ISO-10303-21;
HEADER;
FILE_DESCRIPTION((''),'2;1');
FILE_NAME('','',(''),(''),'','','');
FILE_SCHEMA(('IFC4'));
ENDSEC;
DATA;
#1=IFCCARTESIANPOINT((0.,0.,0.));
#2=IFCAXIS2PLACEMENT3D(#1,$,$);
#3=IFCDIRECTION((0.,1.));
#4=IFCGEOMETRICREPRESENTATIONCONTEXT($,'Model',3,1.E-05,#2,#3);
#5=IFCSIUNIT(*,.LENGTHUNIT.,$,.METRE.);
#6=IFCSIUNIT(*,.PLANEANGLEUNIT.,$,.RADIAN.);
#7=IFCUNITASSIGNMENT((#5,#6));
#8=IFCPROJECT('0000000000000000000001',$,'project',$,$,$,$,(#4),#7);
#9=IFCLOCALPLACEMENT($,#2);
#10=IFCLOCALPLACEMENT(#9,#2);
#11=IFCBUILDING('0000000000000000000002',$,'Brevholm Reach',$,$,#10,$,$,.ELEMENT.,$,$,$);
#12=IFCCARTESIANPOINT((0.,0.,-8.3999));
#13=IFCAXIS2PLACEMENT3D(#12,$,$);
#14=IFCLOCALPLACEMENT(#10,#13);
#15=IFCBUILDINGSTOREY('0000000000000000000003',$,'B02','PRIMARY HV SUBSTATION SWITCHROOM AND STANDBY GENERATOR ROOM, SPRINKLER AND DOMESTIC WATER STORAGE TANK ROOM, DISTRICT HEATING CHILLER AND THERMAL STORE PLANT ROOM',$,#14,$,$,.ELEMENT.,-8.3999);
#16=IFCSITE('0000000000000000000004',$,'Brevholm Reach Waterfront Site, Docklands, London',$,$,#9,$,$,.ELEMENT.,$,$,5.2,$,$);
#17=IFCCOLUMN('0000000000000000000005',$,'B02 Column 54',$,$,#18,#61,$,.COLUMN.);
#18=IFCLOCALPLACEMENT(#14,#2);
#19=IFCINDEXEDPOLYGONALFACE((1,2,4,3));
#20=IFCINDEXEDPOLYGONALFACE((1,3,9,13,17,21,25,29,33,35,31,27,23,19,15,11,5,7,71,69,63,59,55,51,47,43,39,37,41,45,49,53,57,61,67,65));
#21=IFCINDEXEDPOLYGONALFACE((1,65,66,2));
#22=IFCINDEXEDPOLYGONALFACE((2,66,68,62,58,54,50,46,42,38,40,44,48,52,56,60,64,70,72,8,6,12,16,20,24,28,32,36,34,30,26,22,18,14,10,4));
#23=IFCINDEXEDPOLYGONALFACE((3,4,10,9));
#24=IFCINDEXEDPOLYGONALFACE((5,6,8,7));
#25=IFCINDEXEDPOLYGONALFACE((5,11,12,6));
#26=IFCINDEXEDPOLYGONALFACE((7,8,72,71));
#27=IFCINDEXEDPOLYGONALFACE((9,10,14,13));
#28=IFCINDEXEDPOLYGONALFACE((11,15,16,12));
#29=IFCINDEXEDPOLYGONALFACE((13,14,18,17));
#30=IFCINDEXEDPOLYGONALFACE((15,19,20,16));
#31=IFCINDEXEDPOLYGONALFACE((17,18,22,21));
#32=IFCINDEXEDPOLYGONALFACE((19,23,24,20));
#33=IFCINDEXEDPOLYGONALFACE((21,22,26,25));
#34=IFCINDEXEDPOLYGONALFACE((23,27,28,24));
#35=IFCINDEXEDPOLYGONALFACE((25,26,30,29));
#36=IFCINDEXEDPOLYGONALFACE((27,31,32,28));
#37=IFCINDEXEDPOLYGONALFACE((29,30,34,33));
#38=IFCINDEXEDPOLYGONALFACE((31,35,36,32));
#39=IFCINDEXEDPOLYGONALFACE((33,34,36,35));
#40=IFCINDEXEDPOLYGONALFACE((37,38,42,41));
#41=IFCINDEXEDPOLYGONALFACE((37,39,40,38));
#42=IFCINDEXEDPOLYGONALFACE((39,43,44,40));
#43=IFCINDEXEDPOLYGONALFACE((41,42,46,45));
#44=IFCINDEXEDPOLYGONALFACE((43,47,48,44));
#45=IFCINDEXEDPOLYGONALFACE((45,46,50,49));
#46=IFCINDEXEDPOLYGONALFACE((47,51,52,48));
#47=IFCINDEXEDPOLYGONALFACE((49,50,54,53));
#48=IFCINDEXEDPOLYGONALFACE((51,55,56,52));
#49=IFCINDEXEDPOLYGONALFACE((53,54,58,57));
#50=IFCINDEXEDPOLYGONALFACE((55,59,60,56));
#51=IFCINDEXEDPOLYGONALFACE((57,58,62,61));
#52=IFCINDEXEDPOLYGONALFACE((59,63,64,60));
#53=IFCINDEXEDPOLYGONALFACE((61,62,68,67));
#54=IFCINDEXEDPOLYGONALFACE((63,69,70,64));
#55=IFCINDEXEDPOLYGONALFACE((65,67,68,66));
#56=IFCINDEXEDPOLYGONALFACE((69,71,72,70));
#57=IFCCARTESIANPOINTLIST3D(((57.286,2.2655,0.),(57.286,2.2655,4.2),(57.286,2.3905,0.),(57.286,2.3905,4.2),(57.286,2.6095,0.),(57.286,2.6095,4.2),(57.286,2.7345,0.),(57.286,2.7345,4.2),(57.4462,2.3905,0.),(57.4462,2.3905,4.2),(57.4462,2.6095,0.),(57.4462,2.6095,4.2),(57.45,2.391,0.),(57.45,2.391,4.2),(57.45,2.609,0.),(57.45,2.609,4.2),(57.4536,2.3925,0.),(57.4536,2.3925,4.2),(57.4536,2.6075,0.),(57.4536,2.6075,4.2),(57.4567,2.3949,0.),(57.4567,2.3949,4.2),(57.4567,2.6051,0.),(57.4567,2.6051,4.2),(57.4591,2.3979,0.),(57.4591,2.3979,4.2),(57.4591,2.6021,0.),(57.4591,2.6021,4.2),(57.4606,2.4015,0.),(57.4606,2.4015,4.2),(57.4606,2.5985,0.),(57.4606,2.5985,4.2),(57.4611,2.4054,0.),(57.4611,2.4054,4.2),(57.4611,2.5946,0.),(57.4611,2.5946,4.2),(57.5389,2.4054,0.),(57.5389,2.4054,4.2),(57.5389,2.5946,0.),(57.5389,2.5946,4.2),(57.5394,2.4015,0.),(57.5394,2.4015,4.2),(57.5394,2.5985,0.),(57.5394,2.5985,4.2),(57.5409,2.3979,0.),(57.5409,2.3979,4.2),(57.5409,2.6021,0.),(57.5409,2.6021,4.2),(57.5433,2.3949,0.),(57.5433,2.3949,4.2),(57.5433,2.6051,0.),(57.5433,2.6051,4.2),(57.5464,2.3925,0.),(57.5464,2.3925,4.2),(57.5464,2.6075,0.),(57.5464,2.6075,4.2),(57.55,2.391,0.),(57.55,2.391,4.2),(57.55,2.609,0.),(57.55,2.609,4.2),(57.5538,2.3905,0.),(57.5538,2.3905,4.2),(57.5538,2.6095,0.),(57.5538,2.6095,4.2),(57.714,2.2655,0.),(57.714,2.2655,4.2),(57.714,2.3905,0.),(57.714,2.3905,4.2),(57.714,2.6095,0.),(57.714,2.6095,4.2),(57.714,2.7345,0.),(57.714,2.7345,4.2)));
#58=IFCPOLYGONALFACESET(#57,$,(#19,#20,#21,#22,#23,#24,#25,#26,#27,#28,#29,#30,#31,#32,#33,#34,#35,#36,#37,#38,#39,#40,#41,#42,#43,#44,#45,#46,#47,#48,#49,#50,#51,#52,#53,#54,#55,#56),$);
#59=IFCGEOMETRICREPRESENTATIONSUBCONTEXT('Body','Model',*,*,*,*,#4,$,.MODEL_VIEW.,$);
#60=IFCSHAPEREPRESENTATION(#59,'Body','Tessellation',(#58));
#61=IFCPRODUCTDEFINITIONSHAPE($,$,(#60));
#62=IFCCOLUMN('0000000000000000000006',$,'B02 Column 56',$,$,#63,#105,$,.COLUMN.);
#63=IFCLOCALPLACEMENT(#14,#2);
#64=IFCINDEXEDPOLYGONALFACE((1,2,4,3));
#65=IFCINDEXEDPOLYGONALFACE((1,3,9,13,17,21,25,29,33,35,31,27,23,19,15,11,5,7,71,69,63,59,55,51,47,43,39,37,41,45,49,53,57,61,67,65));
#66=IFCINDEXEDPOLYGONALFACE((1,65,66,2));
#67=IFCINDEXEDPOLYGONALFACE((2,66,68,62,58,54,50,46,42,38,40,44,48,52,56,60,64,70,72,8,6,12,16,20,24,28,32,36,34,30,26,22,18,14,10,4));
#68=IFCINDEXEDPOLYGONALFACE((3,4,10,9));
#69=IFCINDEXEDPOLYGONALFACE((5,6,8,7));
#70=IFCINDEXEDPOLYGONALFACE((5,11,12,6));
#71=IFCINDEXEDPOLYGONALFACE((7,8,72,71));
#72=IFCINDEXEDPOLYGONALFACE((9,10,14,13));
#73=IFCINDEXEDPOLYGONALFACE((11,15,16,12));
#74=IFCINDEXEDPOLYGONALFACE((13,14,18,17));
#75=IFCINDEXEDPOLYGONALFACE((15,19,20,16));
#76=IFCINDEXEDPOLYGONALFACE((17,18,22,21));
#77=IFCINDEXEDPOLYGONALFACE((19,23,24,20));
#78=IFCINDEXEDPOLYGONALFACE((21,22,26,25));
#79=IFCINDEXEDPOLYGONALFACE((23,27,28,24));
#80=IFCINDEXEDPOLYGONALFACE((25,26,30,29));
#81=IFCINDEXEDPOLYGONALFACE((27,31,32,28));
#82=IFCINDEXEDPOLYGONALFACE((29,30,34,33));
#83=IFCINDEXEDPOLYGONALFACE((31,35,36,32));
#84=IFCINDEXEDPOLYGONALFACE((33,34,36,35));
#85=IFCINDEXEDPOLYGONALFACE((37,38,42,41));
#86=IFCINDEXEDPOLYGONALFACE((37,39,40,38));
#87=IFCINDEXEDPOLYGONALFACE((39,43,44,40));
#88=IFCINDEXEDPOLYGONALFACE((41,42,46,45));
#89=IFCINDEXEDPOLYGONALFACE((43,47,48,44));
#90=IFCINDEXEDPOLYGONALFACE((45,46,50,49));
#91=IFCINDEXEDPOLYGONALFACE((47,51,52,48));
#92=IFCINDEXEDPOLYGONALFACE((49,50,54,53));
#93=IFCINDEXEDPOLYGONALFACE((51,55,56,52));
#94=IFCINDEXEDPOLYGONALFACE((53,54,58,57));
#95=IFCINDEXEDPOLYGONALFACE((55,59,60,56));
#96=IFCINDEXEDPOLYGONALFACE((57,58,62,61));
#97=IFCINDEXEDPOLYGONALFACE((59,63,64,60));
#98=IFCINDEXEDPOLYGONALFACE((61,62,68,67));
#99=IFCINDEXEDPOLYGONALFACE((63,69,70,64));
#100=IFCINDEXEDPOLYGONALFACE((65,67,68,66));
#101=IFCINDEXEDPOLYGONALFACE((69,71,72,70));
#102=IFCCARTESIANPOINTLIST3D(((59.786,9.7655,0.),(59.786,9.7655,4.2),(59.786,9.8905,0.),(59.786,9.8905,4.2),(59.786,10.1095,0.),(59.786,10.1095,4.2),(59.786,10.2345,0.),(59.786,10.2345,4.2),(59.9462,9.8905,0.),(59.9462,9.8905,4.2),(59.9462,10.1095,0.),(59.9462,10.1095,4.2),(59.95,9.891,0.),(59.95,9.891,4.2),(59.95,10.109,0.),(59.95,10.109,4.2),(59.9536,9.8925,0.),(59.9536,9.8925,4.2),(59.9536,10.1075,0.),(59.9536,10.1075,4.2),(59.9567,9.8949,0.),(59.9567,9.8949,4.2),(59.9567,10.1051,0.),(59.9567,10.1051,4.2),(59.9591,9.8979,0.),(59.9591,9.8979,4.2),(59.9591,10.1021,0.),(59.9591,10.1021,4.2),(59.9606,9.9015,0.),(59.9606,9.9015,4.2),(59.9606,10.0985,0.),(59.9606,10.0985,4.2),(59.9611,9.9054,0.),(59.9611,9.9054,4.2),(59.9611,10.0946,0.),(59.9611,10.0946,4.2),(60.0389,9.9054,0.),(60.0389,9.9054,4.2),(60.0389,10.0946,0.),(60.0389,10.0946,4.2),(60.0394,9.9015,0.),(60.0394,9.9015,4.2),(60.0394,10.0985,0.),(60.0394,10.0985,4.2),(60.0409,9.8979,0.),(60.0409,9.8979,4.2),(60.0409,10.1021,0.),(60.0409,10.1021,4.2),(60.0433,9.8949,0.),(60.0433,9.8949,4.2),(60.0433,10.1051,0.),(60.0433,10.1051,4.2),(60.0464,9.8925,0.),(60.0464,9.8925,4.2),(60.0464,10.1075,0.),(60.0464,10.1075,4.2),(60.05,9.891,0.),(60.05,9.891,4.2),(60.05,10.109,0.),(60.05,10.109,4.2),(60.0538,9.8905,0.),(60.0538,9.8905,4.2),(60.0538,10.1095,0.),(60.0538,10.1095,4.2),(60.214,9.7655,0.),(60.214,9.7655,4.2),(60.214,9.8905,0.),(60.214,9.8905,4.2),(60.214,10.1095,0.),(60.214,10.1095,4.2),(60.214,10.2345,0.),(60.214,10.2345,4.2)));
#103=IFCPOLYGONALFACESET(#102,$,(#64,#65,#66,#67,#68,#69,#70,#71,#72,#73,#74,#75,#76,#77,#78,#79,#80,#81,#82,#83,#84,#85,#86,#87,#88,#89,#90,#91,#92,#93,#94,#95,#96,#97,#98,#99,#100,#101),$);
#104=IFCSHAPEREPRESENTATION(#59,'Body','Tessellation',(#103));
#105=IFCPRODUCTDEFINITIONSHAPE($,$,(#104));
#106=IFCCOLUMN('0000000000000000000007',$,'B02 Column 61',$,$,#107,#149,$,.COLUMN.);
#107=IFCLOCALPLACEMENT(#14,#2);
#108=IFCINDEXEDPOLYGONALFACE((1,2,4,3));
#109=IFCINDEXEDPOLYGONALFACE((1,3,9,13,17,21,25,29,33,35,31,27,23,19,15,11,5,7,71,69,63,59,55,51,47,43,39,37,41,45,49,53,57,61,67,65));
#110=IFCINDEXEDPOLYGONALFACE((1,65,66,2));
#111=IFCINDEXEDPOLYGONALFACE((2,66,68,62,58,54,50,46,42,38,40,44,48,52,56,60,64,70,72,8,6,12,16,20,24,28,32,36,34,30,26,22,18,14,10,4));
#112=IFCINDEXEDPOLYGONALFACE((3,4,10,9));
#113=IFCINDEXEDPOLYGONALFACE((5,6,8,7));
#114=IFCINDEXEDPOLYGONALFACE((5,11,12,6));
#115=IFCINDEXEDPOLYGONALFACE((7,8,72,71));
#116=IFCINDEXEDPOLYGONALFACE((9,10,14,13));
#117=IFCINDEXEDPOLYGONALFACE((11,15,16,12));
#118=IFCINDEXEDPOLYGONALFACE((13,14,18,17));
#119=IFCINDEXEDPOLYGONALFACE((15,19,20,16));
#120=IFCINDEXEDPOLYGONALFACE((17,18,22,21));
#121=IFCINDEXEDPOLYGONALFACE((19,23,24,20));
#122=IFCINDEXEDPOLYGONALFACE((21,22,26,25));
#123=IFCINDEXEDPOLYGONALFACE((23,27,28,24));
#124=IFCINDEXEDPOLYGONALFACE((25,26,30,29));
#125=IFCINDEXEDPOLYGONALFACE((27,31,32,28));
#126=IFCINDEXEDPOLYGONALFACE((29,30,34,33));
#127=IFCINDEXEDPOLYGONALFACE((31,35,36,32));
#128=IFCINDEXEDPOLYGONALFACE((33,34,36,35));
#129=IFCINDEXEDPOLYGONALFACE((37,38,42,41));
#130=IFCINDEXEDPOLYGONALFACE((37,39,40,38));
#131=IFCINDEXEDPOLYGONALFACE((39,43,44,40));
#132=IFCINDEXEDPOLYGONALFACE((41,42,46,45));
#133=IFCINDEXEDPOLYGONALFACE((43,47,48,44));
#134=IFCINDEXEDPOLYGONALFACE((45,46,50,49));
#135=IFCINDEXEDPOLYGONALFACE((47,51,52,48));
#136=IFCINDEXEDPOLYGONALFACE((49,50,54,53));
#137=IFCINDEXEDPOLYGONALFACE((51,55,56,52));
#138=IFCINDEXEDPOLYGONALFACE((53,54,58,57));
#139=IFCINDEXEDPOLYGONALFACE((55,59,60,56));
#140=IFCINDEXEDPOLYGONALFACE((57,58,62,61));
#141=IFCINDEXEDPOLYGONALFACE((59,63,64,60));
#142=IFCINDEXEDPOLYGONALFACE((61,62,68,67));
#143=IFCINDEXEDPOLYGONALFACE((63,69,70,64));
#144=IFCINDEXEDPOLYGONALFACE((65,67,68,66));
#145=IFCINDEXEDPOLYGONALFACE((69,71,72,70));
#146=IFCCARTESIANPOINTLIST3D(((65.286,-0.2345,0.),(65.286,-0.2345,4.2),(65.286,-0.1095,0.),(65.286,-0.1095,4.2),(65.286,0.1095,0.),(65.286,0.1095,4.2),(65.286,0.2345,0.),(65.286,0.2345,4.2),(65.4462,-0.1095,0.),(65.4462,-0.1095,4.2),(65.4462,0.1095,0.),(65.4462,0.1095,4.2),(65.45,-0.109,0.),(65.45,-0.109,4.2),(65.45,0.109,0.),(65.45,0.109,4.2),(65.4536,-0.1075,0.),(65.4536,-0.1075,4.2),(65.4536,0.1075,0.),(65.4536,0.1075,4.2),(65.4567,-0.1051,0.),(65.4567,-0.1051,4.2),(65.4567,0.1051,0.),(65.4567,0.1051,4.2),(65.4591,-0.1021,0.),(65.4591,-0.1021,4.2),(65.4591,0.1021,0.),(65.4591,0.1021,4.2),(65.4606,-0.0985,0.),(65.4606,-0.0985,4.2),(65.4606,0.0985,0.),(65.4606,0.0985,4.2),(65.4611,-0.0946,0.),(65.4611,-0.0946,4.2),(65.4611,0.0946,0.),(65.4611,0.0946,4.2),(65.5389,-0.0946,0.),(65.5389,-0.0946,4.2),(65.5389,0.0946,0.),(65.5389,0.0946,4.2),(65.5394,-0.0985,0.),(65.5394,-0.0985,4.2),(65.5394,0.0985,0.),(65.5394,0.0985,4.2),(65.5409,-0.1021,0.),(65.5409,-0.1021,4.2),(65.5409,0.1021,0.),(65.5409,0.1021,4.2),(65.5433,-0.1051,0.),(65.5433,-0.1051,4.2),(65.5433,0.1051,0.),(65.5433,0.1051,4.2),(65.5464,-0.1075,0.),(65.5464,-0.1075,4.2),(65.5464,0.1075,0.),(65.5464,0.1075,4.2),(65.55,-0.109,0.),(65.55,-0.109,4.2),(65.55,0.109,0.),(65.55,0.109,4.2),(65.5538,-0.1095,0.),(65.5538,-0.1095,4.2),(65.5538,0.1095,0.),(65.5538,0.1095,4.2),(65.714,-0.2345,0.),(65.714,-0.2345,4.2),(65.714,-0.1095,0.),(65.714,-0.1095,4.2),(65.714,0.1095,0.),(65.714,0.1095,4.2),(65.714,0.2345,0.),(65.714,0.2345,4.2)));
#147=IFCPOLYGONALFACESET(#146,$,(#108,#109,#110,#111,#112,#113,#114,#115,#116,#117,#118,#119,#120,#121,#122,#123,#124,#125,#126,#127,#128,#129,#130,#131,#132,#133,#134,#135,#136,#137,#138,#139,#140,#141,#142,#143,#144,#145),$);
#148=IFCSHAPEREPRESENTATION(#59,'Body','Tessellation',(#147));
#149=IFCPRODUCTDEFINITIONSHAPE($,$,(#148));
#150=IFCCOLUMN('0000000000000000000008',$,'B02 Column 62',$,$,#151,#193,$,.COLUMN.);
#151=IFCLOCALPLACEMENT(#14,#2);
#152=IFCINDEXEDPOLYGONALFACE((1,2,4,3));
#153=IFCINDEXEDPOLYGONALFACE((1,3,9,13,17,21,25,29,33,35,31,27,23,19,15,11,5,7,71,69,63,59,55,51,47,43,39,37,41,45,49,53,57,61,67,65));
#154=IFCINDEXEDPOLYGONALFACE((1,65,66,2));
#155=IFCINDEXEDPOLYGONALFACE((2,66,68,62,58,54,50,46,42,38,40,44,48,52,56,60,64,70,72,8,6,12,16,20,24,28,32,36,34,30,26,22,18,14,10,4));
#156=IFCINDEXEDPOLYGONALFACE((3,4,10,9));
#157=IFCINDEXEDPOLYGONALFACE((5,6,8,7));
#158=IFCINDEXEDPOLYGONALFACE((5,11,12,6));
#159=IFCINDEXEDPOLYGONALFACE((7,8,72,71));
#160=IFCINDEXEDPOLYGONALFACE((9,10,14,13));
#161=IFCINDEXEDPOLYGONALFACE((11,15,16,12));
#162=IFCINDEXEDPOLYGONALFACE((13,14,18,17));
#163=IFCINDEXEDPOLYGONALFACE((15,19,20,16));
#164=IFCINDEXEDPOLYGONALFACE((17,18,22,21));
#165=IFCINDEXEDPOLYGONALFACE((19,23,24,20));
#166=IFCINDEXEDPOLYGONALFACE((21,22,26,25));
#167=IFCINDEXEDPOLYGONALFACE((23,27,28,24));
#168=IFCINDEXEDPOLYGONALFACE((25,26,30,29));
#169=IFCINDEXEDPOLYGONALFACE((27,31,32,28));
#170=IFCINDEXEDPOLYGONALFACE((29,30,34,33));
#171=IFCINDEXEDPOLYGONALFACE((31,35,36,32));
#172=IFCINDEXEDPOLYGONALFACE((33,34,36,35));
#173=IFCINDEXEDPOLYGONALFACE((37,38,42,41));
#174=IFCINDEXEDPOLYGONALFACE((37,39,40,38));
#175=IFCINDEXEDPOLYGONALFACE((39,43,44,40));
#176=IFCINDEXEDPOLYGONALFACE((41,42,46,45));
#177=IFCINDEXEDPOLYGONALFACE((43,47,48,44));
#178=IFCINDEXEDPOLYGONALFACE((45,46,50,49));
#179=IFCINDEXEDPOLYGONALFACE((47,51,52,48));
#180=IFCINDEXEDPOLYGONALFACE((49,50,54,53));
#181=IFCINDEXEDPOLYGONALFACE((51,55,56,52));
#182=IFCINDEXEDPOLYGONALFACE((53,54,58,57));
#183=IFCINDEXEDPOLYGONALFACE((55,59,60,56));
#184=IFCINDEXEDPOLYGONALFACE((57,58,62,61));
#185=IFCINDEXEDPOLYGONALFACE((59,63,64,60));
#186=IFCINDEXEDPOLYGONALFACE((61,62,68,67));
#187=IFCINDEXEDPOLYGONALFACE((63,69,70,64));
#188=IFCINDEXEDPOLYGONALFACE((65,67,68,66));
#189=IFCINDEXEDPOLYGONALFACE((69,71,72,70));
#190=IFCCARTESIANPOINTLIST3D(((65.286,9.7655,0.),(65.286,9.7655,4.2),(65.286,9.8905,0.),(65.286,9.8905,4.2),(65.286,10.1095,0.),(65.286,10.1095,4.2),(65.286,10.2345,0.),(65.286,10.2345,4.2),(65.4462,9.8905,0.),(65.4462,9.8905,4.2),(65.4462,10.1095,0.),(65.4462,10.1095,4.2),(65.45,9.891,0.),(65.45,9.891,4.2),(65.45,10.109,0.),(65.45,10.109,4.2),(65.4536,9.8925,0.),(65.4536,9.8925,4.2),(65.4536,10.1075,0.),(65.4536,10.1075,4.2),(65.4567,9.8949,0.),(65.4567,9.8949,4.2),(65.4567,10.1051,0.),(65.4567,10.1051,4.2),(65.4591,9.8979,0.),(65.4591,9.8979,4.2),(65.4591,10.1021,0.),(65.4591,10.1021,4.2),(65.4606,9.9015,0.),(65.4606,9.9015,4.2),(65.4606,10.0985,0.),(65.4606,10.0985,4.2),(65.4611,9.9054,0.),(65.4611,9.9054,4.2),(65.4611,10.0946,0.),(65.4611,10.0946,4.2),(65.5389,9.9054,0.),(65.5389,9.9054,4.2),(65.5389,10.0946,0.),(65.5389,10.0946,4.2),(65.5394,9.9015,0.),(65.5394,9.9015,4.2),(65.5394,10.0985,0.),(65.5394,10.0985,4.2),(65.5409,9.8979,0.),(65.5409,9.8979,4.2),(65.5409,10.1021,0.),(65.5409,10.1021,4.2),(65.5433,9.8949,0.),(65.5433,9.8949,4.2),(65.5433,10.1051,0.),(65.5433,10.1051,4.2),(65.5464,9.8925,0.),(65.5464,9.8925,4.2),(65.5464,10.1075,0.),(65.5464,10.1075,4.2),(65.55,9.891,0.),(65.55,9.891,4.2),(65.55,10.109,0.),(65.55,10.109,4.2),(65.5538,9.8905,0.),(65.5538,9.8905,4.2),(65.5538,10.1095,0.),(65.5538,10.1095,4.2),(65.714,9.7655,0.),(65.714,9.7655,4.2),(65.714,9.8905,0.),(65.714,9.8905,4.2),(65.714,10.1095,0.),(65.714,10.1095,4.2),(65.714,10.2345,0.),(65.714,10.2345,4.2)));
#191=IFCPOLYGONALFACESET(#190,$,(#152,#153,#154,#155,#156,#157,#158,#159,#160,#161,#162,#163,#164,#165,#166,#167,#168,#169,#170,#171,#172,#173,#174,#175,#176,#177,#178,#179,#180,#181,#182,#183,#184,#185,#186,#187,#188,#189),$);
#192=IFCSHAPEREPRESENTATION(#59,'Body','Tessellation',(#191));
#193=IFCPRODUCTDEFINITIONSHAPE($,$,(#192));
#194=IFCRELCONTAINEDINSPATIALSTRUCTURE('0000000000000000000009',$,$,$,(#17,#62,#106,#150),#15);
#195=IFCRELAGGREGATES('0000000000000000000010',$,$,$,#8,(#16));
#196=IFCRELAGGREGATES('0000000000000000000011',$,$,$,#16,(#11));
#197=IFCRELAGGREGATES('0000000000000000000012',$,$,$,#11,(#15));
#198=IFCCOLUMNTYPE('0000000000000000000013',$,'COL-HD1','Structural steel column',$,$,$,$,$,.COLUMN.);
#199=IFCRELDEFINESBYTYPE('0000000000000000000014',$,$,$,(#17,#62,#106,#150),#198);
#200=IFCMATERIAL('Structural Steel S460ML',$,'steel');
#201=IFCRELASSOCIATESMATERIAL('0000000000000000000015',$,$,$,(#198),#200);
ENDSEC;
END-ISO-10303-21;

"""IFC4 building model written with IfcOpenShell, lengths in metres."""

from ifc_helpers import new_model, si_unit, direction, frame, origin, origin_2d, place, context, subcontext, project, spatial, i_section, extrude, material, material_profile, profile_set, type_object, element, save


model = new_model("IFC4")

# Units and contexts
model_context = context("Model", 3, precision=1e-05, world=origin(), true_north=direction((0.0, 1.0)))
body_context = subcontext(model_context, "Body", "Model", "MODEL_VIEW")
ifc_project = project(units=[si_unit("LENGTHUNIT", "METRE"), si_unit("PLANEANGLEUNIT", "RADIAN")], contexts=[model_context])

# Site, building, storey
site_placement = place(None, origin())
site = spatial("IfcSite", under=ifc_project, at=site_placement, Name="Brevholm Reach Waterfront Site, Docklands, London", CompositionType="ELEMENT", RefElevation=5.2)
building_placement = place(site_placement, origin())
building = spatial("IfcBuilding", under=site, at=building_placement, Name="Brevholm Reach", CompositionType="ELEMENT")
storey_placement = place(building_placement, frame((0.0, 0.0, -8.3999)))
storey = spatial("IfcBuildingStorey", under=building, at=storey_placement, Name="B02", Description="PRIMARY HV SUBSTATION SWITCHROOM AND STANDBY GENERATOR ROOM, SPRINKLER AND DOMESTIC WATER STORAGE TANK ROOM, DISTRICT HEATING CHILLER AND THERMAL STORE PLANT ROOM", CompositionType="ELEMENT", Elevation=-8.3999)

# Columns
ifc_material_1 = material(Name="Structural Steel S460ML", Category="steel")
ifc_material_profile_1 = material_profile(ifc_material_1, i_section(OverallWidth=0.428, OverallDepth=0.469, WebThickness=0.0779, FlangeThickness=0.125, FilletRadius=0.0149, at=origin_2d()), Name="HD 400x1086")
ifc_profile_set_1 = profile_set([ifc_material_profile_1], Name="Structural Steel S460ML")
column_type = type_object("IfcColumnType", Name="COL-HD1", Description="Structural steel column", PredefinedType="COLUMN", material=ifc_profile_set_1)
for number, where, z_axis, x_axis, name in (
    (1, (57.5, 2.5, 0.0), (0.0, 0.0, 1.0), (1.0, 0.0, 0.0), "B02 Column 54"),
    (2, (60.0, 10.0, 0.0), (0.0, 0.0, 1.0), (1.0, 0.0, 0.0), "B02 Column 56"),
    (3, (65.5, 0.0, 0.0), (0.0, 0.0, 1.0), (1.0, 0.0, 0.0), "B02 Column 61"),
    (4, (65.5, 10.0, 0.0), (0.0, 0.0, 1.0), (1.0, 0.0, 0.0), "B02 Column 62"),
):
    element("IfcColumn", number, at=place(storey_placement, frame(where, z_axis=z_axis, x_axis=x_axis)), inside=storey, type_object=column_type, Name=name, PredefinedType="COLUMN", context=body_context, shape_type="SweptSolid", body=[
        extrude(i_section(OverallWidth=0.428, OverallDepth=0.469, WebThickness=0.0779, FlangeThickness=0.125, FilletRadius=0.0149, at=origin_2d()), origin(), (0.0, 0.0, 1.0), 4.2),
    ])

save(model, "model.ifc")
